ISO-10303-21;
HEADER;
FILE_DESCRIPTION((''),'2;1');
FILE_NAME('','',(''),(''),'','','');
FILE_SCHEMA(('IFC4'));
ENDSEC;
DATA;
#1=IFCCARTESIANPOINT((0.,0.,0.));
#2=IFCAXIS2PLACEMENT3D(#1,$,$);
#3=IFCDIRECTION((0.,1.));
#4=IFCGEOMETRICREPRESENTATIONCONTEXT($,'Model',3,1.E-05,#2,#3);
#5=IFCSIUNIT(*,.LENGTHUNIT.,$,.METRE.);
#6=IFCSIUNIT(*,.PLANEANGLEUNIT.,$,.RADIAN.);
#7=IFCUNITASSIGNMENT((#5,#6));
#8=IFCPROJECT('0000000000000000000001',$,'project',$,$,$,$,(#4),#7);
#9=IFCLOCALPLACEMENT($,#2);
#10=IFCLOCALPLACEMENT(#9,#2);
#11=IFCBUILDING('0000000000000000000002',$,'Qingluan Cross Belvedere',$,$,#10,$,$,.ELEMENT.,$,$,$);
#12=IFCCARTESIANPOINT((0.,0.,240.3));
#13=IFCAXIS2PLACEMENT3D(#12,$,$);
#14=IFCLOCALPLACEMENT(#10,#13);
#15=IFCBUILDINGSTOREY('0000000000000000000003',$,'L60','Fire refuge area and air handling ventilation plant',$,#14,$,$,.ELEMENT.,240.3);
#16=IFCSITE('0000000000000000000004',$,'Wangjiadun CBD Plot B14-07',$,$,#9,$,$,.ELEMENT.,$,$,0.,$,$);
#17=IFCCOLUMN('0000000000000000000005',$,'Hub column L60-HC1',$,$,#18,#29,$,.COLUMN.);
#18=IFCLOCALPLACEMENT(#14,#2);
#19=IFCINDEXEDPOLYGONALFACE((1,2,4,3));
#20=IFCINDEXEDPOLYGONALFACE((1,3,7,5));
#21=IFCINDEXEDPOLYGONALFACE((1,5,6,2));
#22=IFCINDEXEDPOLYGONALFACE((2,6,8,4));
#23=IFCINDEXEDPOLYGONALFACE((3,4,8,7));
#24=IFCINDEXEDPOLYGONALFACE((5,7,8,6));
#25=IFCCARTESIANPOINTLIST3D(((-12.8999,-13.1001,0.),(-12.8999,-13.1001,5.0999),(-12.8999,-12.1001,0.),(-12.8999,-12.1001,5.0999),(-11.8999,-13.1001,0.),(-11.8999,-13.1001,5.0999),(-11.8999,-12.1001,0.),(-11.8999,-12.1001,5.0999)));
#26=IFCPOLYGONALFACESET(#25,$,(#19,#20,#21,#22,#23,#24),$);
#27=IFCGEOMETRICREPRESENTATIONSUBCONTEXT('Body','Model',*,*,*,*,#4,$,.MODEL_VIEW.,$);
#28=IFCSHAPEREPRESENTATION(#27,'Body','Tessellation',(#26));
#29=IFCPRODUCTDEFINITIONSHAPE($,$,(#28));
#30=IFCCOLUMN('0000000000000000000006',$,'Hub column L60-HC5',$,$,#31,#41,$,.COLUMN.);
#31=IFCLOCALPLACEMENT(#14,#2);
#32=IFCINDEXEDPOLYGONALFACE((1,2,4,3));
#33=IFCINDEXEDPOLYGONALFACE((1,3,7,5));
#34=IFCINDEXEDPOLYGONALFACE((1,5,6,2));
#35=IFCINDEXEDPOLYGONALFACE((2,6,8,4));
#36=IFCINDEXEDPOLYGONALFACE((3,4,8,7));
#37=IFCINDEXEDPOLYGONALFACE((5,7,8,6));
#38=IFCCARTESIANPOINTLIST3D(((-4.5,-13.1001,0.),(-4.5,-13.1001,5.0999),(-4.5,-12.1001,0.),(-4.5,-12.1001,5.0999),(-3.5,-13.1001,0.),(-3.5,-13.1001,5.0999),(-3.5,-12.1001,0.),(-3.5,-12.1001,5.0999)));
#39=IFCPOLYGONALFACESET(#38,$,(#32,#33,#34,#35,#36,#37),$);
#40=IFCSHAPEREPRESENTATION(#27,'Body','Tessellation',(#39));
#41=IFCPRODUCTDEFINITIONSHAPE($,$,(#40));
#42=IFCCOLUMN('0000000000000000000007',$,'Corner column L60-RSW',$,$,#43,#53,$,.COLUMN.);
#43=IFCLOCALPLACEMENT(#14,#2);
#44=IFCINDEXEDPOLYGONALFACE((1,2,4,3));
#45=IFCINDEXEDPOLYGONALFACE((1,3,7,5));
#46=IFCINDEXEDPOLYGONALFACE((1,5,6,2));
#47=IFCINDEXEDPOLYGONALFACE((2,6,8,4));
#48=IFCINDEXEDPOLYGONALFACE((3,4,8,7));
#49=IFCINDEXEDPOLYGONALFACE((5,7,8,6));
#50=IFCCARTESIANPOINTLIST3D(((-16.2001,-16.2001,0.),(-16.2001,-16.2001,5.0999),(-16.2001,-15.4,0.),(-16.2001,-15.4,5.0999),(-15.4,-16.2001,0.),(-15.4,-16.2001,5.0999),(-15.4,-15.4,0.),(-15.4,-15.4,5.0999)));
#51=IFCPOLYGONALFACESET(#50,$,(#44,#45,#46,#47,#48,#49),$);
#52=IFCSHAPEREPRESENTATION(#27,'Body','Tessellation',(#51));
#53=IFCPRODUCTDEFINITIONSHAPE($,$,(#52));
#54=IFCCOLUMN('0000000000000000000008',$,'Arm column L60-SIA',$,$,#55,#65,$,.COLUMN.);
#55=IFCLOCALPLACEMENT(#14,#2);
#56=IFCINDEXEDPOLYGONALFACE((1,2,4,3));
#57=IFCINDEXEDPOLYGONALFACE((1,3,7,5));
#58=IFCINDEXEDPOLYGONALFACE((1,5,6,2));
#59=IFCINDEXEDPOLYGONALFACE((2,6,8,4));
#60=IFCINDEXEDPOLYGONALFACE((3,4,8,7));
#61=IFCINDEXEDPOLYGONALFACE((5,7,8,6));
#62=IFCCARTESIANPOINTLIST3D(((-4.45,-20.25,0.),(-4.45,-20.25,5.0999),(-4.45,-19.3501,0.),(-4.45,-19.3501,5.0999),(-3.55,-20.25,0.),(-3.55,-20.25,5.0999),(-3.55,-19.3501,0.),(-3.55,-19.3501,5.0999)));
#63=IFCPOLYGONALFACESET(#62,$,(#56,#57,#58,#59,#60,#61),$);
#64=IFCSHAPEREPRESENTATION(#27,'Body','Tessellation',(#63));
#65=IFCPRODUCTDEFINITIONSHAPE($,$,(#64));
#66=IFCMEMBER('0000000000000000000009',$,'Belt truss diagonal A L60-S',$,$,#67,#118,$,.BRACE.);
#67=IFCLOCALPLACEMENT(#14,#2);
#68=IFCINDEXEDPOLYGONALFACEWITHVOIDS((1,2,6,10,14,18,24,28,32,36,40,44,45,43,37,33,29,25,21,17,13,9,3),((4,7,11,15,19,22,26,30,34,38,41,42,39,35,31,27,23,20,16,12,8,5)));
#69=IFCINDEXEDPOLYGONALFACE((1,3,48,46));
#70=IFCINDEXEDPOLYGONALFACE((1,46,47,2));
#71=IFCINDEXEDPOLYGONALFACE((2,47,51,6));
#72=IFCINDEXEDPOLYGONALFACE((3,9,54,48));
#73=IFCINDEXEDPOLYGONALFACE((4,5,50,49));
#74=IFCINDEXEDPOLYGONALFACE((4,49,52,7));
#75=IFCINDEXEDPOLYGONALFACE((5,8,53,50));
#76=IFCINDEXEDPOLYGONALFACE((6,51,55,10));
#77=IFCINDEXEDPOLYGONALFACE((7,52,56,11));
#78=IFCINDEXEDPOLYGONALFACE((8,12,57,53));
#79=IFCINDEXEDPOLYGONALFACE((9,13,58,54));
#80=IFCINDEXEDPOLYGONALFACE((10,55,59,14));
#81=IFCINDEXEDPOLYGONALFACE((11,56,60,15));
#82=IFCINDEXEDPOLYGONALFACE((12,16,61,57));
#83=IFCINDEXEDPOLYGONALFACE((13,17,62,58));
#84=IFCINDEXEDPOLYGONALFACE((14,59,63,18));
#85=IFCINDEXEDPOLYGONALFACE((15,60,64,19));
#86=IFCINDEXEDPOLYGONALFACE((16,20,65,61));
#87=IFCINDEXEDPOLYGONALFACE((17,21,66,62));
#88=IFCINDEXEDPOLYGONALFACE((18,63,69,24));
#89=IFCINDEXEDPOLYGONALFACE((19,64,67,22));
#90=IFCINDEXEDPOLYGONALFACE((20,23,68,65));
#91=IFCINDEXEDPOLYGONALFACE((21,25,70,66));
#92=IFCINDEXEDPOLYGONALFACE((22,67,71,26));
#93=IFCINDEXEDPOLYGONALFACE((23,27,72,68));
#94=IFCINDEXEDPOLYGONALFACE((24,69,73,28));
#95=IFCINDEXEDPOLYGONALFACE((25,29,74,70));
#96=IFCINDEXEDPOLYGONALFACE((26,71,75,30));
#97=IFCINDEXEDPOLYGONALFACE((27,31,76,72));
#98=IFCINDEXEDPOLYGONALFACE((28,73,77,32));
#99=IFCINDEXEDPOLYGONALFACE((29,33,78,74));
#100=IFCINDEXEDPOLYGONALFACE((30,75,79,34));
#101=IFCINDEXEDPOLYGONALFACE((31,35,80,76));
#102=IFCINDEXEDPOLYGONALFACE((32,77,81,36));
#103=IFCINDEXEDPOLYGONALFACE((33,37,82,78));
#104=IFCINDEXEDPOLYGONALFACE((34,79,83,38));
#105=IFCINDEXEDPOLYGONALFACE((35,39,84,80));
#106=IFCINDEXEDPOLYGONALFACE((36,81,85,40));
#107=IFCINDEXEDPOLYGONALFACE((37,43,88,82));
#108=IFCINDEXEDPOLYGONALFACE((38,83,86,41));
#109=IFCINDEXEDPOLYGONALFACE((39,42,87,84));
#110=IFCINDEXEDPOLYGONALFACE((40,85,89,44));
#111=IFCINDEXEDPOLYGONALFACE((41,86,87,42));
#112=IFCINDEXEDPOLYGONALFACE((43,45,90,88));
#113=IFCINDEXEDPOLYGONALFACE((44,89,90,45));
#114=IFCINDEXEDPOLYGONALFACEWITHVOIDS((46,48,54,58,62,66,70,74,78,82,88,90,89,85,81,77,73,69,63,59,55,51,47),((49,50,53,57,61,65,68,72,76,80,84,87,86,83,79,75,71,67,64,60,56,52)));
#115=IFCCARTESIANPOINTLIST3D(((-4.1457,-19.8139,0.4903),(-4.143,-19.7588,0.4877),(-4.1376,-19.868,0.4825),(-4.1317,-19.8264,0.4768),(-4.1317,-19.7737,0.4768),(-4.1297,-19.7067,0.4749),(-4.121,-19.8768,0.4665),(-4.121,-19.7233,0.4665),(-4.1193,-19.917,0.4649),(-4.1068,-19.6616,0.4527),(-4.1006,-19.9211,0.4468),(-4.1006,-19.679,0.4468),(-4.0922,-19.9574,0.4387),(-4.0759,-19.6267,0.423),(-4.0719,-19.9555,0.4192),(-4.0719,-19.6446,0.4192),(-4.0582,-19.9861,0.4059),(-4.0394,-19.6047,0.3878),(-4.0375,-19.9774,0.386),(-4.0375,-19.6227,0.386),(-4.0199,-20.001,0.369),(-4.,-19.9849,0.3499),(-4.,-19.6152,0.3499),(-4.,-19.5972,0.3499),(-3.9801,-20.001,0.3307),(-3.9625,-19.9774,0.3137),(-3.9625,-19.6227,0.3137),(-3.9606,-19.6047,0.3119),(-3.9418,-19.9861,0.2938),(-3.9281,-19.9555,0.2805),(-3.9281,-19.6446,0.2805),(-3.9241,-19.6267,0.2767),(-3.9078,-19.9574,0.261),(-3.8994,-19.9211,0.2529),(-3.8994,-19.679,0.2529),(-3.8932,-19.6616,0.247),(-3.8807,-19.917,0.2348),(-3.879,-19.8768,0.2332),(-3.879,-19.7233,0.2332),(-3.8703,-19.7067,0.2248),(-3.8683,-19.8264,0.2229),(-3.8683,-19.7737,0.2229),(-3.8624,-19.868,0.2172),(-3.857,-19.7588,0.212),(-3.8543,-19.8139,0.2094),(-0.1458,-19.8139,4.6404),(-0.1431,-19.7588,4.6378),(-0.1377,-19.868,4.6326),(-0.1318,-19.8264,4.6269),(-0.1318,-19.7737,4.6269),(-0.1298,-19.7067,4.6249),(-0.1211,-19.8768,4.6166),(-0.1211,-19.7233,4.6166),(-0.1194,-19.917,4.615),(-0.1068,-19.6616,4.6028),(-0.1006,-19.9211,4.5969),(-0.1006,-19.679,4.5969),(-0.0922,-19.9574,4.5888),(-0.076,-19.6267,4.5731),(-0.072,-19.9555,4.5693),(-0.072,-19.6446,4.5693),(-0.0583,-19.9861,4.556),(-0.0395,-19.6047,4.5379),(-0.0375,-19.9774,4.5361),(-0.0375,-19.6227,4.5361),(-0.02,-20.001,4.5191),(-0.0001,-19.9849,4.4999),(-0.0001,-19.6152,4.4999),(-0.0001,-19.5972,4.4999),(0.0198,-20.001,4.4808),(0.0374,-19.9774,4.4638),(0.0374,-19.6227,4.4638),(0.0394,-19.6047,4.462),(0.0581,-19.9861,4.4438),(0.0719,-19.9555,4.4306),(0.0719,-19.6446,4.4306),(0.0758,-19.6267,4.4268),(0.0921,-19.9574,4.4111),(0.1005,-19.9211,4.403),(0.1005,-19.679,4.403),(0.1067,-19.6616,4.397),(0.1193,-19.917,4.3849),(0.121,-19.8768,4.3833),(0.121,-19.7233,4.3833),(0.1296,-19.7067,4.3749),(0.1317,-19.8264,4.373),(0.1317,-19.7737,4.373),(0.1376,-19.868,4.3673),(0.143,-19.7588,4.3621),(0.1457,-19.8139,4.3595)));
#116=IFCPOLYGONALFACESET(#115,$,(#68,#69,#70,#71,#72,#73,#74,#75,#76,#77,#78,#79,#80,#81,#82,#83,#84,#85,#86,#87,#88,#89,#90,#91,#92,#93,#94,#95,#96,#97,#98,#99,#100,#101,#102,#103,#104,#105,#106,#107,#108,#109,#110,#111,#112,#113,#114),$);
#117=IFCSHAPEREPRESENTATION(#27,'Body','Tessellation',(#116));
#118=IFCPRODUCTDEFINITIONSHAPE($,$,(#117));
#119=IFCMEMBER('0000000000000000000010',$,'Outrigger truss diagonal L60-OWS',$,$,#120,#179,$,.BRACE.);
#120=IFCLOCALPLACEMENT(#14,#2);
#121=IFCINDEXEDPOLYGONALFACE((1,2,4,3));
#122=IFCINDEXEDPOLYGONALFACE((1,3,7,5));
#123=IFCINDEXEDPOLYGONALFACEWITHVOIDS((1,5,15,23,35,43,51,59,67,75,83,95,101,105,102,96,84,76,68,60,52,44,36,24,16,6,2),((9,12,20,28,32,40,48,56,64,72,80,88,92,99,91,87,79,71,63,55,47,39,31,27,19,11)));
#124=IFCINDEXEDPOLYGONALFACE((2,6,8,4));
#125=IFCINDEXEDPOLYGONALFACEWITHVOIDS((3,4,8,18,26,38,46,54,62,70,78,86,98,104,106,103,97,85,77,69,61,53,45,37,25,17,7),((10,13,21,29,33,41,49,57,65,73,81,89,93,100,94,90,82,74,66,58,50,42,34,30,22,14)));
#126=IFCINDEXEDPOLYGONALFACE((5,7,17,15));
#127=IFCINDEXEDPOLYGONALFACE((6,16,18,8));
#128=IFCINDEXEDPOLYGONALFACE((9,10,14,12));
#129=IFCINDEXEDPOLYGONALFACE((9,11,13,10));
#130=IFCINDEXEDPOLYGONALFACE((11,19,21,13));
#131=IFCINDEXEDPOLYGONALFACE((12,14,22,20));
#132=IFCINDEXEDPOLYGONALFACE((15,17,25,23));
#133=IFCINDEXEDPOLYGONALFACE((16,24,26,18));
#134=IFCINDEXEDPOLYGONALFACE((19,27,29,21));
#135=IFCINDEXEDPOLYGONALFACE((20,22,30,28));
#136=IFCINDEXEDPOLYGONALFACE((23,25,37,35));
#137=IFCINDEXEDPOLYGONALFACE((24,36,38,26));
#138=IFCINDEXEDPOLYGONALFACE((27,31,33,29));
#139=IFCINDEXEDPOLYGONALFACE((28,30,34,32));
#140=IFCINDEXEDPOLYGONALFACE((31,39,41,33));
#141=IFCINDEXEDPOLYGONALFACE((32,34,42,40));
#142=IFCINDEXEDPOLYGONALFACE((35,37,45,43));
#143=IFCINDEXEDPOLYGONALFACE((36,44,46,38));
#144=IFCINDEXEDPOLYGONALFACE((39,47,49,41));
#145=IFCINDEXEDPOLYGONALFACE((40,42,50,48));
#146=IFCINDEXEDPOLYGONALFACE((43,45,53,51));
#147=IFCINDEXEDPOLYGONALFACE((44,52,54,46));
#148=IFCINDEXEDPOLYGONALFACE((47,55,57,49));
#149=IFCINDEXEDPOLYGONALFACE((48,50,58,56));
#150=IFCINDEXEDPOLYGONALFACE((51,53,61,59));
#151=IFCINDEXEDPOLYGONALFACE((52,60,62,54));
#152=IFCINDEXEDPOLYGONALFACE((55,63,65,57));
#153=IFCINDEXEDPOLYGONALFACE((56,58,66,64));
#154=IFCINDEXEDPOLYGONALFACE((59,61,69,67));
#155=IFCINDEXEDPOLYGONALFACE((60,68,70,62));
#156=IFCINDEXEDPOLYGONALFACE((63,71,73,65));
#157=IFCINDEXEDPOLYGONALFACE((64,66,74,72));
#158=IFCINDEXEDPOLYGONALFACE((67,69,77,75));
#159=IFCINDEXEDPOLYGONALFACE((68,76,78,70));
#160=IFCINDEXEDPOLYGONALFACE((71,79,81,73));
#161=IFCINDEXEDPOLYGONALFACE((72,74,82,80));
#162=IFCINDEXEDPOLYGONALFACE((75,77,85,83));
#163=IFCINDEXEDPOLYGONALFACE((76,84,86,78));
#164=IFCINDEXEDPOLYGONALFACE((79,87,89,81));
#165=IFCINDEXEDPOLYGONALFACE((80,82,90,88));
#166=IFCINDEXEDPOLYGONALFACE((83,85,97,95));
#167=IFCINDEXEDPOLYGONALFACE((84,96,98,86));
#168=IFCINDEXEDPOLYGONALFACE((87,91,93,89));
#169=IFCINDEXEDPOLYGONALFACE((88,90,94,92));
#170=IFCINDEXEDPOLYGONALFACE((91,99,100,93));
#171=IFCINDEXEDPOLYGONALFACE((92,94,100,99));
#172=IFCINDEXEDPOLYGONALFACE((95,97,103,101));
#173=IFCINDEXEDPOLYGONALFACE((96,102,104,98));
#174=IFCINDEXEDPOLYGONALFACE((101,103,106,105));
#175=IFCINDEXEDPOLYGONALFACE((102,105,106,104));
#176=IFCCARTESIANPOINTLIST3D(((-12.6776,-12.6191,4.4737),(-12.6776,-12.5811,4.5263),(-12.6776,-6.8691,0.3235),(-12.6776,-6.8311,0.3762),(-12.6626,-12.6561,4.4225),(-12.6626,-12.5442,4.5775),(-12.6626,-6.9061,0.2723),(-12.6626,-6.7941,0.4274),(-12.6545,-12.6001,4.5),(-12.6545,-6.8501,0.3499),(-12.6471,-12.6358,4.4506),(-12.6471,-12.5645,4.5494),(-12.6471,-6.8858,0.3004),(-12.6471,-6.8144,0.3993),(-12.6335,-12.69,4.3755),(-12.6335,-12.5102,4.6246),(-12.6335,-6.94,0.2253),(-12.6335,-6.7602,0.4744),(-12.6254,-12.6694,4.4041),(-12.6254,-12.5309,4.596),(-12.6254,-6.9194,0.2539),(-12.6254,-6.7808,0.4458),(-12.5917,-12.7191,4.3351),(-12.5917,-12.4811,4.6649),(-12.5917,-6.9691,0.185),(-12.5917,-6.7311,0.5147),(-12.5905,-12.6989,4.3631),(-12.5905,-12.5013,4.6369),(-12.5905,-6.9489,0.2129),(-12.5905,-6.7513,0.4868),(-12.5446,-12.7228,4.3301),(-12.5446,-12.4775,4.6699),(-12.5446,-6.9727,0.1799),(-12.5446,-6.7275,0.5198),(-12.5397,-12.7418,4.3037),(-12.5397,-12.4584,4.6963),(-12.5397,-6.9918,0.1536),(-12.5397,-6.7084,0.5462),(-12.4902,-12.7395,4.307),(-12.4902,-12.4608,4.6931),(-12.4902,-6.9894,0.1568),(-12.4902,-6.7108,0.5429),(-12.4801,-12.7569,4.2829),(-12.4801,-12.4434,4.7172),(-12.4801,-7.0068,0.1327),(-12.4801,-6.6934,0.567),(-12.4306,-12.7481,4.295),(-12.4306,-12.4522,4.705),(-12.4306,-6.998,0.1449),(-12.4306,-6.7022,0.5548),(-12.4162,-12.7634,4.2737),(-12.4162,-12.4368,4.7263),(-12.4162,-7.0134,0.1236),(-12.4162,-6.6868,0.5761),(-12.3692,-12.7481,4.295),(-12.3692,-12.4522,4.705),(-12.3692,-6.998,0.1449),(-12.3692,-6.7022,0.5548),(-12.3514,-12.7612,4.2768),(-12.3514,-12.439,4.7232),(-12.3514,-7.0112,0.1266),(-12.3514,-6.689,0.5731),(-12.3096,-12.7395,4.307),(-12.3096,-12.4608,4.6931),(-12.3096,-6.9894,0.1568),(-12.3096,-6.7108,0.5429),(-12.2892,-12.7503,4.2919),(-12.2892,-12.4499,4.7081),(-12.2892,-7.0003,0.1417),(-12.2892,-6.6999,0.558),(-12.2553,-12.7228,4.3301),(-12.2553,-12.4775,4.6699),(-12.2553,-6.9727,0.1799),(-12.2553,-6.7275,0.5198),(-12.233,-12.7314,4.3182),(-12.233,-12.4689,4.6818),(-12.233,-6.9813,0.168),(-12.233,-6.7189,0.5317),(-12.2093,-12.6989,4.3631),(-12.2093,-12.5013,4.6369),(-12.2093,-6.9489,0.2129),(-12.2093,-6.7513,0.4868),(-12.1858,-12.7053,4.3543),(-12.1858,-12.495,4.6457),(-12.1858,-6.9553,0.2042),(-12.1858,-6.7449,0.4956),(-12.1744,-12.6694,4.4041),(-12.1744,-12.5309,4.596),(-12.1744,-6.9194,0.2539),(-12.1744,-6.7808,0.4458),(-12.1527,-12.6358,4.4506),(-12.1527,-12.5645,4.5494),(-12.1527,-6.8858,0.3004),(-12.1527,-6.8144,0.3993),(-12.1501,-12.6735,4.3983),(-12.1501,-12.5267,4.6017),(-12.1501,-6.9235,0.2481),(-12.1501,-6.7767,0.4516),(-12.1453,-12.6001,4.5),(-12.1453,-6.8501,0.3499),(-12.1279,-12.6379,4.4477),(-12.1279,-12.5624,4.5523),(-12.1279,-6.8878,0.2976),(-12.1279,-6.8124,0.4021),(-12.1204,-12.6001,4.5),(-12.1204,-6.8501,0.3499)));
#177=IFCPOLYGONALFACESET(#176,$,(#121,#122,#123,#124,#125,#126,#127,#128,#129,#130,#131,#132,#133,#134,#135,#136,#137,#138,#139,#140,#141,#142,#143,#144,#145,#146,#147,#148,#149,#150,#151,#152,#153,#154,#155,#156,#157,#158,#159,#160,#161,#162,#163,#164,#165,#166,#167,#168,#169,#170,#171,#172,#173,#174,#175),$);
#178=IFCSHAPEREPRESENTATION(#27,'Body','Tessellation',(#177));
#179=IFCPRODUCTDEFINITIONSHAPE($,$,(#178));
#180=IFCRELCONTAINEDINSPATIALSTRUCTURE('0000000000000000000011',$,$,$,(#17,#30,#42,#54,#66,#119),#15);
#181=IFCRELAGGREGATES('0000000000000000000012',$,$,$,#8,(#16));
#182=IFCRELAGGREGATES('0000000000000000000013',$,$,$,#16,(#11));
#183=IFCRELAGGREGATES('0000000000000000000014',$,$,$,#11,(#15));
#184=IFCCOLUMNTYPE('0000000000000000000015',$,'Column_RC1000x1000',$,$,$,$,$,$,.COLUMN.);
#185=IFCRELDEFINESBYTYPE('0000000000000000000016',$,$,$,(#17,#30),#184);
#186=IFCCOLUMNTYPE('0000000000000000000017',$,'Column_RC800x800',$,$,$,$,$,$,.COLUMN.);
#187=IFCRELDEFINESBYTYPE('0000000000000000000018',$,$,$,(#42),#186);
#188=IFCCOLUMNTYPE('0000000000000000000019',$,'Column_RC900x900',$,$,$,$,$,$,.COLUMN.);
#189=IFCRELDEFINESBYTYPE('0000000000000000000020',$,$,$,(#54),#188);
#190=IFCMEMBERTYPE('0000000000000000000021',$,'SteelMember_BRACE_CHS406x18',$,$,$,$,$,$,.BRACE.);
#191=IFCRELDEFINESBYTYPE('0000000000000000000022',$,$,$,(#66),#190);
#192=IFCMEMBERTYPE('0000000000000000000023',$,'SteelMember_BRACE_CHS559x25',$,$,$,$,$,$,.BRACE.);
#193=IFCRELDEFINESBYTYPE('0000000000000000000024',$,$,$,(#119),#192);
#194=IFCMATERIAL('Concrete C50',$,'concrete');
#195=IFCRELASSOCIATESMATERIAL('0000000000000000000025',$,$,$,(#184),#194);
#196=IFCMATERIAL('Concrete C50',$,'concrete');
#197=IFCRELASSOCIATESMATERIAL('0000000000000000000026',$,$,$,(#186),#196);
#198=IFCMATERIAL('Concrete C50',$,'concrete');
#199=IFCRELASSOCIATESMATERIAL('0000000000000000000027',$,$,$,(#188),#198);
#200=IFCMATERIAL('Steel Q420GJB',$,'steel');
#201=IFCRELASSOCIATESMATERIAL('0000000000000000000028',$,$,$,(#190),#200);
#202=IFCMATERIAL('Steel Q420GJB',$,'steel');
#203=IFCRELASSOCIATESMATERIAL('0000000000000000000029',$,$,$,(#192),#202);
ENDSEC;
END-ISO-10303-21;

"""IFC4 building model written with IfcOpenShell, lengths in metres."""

from ifc_helpers import new_model, si_unit, direction, frame, origin, origin_2d, place, context, subcontext, project, spatial, rectangle, hollow_circle, extrude, material, material_profile, profile_set, type_object, element, save


model = new_model("IFC4")

# Units and contexts
model_context = context("Model", 3, precision=1e-05, world=origin(), true_north=direction((0.0, 1.0)))
body_context = subcontext(model_context, "Body", "Model", "MODEL_VIEW")
ifc_project = project(units=[si_unit("LENGTHUNIT", "METRE"), si_unit("PLANEANGLEUNIT", "RADIAN")], contexts=[model_context])

# Site, building, storey
site_placement = place(None, origin())
site = spatial("IfcSite", under=ifc_project, at=site_placement, Name="Wangjiadun CBD Plot B14-07", CompositionType="ELEMENT", RefElevation=0.0)
building_placement = place(site_placement, origin())
building = spatial("IfcBuilding", under=site, at=building_placement, Name="Qingluan Cross Belvedere", CompositionType="ELEMENT")
storey_placement = place(building_placement, frame((0.0, 0.0, 240.3)))
storey = spatial("IfcBuildingStorey", under=building, at=storey_placement, Name="L60", Description="Fire refuge area and air handling ventilation plant", CompositionType="ELEMENT", Elevation=240.3)

# Columns
ifc_material_1 = material(Name="Concrete C50", Category="concrete")
ifc_material_profile_1 = material_profile(ifc_material_1, rectangle(XDim=1.0, YDim=1.0, at=origin_2d()), Name="RC1000x1000")
ifc_profile_set_1 = profile_set([ifc_material_profile_1], Name="Concrete C50")
column_type_1 = type_object("IfcColumnType", Name="Column_RC1000x1000", PredefinedType="COLUMN", material=ifc_profile_set_1)
for number, where, z_axis, x_axis, name in (
    (1, (-12.3999, -12.6001, 0.0), (0.0, 0.0, 1.0), (1.0, 0.0, 0.0), "Hub column L60-HC1"),
    (2, (-4.0, -12.6001, 0.0), (0.0, 0.0, 1.0), (1.0, 0.0, 0.0), "Hub column L60-HC5"),
):
    element("IfcColumn", number, at=place(storey_placement, frame(where, z_axis=z_axis, x_axis=x_axis)), inside=storey, type_object=column_type_1, Name=name, PredefinedType="COLUMN", context=body_context, shape_type="SweptSolid", body=[
        extrude(rectangle(XDim=1.0, YDim=1.0, at=origin_2d()), origin(), (0.0, 0.0, 1.0), 5.0999),
    ])
ifc_material_2 = material(Name="Concrete C50", Category="concrete")
ifc_material_profile_2 = material_profile(ifc_material_2, rectangle(XDim=0.8, YDim=0.8, at=origin_2d()), Name="RC800x800")
ifc_profile_set_2 = profile_set([ifc_material_profile_2], Name="Concrete C50")
column_type_2 = type_object("IfcColumnType", Name="Column_RC800x800", PredefinedType="COLUMN", material=ifc_profile_set_2)
column_1_placement = place(storey_placement, frame((-15.8, -15.8, 0.0), z_axis=(0.0, 0.0, 1.0), x_axis=(1.0, 0.0, 0.0)))
element("IfcColumn", 3, at=column_1_placement, inside=storey, type_object=column_type_2, Name="Corner column L60-RSW", PredefinedType="COLUMN", context=body_context, shape_type="SweptSolid", body=[
    extrude(rectangle(XDim=0.8, YDim=0.8, at=origin_2d()), origin(), (0.0, 0.0, 1.0), 5.0999),
])
ifc_material_3 = material(Name="Concrete C50", Category="concrete")
ifc_material_profile_3 = material_profile(ifc_material_3, rectangle(XDim=0.8999, YDim=0.8999, at=origin_2d()), Name="RC900x900")
ifc_profile_set_3 = profile_set([ifc_material_profile_3], Name="Concrete C50")
column_type_3 = type_object("IfcColumnType", Name="Column_RC900x900", PredefinedType="COLUMN", material=ifc_profile_set_3)
column_2_placement = place(storey_placement, frame((-4.0, -19.8, 0.0), z_axis=(0.0, 0.0, 1.0), x_axis=(1.0, 0.0, 0.0)))
element("IfcColumn", 4, at=column_2_placement, inside=storey, type_object=column_type_3, Name="Arm column L60-SIA", PredefinedType="COLUMN", context=body_context, shape_type="SweptSolid", body=[
    extrude(rectangle(XDim=0.8999, YDim=0.8999, at=origin_2d()), origin(), (0.0, 0.0, 1.0), 5.0999),
])

# Members
ifc_material_4 = material(Name="Steel Q420GJB", Category="steel")
ifc_material_profile_4 = material_profile(ifc_material_4, hollow_circle(Radius=0.2029, WallThickness=0.0181, at=origin_2d()), Name="CHS406x18")
ifc_profile_set_4 = profile_set([ifc_material_profile_4], Name="Steel Q420GJB")
member_type_1 = type_object("IfcMemberType", Name="SteelMember_BRACE_CHS406x18", PredefinedType="BRACE", material=ifc_profile_set_4)
member_1_placement = place(storey_placement, frame((-4.0, -19.8, 0.3499), z_axis=(0.693962, 0.0, 0.720011), x_axis=(0.0, 1.0, 0.0)))
element("IfcMember", 5, at=member_1_placement, inside=storey, type_object=member_type_1, Name="Belt truss diagonal A L60-S", PredefinedType="BRACE", context=body_context, shape_type="SweptSolid", body=[
    extrude(hollow_circle(Radius=0.2029, WallThickness=0.0181, at=origin_2d()), origin(), (0.0, 0.0, 1.0), 5.7639),
])
ifc_material_5 = material(Name="Steel Q420GJB", Category="steel")
ifc_material_profile_5 = material_profile(ifc_material_5, hollow_circle(Radius=0.2795, WallThickness=0.0249, at=origin_2d()), Name="CHS559x25")
ifc_profile_set_5 = profile_set([ifc_material_profile_5], Name="Steel Q420GJB")
member_type_2 = type_object("IfcMemberType", Name="SteelMember_BRACE_CHS559x25", PredefinedType="BRACE", material=ifc_profile_set_5)
member_2_placement = place(storey_placement, frame((-12.3999, -6.8501, 0.3499), z_axis=(0.0, -0.810855, 0.585247), x_axis=(1.0, 0.0, 0.0)))
element("IfcMember", 6, at=member_2_placement, inside=storey, type_object=member_type_2, Name="Outrigger truss diagonal L60-OWS", PredefinedType="BRACE", context=body_context, shape_type="SweptSolid", body=[
    extrude(hollow_circle(Radius=0.2795, WallThickness=0.0249, at=origin_2d()), origin(), (0.0, 0.0, 1.0), 7.0913),
])

save(model, "model.ifc")
